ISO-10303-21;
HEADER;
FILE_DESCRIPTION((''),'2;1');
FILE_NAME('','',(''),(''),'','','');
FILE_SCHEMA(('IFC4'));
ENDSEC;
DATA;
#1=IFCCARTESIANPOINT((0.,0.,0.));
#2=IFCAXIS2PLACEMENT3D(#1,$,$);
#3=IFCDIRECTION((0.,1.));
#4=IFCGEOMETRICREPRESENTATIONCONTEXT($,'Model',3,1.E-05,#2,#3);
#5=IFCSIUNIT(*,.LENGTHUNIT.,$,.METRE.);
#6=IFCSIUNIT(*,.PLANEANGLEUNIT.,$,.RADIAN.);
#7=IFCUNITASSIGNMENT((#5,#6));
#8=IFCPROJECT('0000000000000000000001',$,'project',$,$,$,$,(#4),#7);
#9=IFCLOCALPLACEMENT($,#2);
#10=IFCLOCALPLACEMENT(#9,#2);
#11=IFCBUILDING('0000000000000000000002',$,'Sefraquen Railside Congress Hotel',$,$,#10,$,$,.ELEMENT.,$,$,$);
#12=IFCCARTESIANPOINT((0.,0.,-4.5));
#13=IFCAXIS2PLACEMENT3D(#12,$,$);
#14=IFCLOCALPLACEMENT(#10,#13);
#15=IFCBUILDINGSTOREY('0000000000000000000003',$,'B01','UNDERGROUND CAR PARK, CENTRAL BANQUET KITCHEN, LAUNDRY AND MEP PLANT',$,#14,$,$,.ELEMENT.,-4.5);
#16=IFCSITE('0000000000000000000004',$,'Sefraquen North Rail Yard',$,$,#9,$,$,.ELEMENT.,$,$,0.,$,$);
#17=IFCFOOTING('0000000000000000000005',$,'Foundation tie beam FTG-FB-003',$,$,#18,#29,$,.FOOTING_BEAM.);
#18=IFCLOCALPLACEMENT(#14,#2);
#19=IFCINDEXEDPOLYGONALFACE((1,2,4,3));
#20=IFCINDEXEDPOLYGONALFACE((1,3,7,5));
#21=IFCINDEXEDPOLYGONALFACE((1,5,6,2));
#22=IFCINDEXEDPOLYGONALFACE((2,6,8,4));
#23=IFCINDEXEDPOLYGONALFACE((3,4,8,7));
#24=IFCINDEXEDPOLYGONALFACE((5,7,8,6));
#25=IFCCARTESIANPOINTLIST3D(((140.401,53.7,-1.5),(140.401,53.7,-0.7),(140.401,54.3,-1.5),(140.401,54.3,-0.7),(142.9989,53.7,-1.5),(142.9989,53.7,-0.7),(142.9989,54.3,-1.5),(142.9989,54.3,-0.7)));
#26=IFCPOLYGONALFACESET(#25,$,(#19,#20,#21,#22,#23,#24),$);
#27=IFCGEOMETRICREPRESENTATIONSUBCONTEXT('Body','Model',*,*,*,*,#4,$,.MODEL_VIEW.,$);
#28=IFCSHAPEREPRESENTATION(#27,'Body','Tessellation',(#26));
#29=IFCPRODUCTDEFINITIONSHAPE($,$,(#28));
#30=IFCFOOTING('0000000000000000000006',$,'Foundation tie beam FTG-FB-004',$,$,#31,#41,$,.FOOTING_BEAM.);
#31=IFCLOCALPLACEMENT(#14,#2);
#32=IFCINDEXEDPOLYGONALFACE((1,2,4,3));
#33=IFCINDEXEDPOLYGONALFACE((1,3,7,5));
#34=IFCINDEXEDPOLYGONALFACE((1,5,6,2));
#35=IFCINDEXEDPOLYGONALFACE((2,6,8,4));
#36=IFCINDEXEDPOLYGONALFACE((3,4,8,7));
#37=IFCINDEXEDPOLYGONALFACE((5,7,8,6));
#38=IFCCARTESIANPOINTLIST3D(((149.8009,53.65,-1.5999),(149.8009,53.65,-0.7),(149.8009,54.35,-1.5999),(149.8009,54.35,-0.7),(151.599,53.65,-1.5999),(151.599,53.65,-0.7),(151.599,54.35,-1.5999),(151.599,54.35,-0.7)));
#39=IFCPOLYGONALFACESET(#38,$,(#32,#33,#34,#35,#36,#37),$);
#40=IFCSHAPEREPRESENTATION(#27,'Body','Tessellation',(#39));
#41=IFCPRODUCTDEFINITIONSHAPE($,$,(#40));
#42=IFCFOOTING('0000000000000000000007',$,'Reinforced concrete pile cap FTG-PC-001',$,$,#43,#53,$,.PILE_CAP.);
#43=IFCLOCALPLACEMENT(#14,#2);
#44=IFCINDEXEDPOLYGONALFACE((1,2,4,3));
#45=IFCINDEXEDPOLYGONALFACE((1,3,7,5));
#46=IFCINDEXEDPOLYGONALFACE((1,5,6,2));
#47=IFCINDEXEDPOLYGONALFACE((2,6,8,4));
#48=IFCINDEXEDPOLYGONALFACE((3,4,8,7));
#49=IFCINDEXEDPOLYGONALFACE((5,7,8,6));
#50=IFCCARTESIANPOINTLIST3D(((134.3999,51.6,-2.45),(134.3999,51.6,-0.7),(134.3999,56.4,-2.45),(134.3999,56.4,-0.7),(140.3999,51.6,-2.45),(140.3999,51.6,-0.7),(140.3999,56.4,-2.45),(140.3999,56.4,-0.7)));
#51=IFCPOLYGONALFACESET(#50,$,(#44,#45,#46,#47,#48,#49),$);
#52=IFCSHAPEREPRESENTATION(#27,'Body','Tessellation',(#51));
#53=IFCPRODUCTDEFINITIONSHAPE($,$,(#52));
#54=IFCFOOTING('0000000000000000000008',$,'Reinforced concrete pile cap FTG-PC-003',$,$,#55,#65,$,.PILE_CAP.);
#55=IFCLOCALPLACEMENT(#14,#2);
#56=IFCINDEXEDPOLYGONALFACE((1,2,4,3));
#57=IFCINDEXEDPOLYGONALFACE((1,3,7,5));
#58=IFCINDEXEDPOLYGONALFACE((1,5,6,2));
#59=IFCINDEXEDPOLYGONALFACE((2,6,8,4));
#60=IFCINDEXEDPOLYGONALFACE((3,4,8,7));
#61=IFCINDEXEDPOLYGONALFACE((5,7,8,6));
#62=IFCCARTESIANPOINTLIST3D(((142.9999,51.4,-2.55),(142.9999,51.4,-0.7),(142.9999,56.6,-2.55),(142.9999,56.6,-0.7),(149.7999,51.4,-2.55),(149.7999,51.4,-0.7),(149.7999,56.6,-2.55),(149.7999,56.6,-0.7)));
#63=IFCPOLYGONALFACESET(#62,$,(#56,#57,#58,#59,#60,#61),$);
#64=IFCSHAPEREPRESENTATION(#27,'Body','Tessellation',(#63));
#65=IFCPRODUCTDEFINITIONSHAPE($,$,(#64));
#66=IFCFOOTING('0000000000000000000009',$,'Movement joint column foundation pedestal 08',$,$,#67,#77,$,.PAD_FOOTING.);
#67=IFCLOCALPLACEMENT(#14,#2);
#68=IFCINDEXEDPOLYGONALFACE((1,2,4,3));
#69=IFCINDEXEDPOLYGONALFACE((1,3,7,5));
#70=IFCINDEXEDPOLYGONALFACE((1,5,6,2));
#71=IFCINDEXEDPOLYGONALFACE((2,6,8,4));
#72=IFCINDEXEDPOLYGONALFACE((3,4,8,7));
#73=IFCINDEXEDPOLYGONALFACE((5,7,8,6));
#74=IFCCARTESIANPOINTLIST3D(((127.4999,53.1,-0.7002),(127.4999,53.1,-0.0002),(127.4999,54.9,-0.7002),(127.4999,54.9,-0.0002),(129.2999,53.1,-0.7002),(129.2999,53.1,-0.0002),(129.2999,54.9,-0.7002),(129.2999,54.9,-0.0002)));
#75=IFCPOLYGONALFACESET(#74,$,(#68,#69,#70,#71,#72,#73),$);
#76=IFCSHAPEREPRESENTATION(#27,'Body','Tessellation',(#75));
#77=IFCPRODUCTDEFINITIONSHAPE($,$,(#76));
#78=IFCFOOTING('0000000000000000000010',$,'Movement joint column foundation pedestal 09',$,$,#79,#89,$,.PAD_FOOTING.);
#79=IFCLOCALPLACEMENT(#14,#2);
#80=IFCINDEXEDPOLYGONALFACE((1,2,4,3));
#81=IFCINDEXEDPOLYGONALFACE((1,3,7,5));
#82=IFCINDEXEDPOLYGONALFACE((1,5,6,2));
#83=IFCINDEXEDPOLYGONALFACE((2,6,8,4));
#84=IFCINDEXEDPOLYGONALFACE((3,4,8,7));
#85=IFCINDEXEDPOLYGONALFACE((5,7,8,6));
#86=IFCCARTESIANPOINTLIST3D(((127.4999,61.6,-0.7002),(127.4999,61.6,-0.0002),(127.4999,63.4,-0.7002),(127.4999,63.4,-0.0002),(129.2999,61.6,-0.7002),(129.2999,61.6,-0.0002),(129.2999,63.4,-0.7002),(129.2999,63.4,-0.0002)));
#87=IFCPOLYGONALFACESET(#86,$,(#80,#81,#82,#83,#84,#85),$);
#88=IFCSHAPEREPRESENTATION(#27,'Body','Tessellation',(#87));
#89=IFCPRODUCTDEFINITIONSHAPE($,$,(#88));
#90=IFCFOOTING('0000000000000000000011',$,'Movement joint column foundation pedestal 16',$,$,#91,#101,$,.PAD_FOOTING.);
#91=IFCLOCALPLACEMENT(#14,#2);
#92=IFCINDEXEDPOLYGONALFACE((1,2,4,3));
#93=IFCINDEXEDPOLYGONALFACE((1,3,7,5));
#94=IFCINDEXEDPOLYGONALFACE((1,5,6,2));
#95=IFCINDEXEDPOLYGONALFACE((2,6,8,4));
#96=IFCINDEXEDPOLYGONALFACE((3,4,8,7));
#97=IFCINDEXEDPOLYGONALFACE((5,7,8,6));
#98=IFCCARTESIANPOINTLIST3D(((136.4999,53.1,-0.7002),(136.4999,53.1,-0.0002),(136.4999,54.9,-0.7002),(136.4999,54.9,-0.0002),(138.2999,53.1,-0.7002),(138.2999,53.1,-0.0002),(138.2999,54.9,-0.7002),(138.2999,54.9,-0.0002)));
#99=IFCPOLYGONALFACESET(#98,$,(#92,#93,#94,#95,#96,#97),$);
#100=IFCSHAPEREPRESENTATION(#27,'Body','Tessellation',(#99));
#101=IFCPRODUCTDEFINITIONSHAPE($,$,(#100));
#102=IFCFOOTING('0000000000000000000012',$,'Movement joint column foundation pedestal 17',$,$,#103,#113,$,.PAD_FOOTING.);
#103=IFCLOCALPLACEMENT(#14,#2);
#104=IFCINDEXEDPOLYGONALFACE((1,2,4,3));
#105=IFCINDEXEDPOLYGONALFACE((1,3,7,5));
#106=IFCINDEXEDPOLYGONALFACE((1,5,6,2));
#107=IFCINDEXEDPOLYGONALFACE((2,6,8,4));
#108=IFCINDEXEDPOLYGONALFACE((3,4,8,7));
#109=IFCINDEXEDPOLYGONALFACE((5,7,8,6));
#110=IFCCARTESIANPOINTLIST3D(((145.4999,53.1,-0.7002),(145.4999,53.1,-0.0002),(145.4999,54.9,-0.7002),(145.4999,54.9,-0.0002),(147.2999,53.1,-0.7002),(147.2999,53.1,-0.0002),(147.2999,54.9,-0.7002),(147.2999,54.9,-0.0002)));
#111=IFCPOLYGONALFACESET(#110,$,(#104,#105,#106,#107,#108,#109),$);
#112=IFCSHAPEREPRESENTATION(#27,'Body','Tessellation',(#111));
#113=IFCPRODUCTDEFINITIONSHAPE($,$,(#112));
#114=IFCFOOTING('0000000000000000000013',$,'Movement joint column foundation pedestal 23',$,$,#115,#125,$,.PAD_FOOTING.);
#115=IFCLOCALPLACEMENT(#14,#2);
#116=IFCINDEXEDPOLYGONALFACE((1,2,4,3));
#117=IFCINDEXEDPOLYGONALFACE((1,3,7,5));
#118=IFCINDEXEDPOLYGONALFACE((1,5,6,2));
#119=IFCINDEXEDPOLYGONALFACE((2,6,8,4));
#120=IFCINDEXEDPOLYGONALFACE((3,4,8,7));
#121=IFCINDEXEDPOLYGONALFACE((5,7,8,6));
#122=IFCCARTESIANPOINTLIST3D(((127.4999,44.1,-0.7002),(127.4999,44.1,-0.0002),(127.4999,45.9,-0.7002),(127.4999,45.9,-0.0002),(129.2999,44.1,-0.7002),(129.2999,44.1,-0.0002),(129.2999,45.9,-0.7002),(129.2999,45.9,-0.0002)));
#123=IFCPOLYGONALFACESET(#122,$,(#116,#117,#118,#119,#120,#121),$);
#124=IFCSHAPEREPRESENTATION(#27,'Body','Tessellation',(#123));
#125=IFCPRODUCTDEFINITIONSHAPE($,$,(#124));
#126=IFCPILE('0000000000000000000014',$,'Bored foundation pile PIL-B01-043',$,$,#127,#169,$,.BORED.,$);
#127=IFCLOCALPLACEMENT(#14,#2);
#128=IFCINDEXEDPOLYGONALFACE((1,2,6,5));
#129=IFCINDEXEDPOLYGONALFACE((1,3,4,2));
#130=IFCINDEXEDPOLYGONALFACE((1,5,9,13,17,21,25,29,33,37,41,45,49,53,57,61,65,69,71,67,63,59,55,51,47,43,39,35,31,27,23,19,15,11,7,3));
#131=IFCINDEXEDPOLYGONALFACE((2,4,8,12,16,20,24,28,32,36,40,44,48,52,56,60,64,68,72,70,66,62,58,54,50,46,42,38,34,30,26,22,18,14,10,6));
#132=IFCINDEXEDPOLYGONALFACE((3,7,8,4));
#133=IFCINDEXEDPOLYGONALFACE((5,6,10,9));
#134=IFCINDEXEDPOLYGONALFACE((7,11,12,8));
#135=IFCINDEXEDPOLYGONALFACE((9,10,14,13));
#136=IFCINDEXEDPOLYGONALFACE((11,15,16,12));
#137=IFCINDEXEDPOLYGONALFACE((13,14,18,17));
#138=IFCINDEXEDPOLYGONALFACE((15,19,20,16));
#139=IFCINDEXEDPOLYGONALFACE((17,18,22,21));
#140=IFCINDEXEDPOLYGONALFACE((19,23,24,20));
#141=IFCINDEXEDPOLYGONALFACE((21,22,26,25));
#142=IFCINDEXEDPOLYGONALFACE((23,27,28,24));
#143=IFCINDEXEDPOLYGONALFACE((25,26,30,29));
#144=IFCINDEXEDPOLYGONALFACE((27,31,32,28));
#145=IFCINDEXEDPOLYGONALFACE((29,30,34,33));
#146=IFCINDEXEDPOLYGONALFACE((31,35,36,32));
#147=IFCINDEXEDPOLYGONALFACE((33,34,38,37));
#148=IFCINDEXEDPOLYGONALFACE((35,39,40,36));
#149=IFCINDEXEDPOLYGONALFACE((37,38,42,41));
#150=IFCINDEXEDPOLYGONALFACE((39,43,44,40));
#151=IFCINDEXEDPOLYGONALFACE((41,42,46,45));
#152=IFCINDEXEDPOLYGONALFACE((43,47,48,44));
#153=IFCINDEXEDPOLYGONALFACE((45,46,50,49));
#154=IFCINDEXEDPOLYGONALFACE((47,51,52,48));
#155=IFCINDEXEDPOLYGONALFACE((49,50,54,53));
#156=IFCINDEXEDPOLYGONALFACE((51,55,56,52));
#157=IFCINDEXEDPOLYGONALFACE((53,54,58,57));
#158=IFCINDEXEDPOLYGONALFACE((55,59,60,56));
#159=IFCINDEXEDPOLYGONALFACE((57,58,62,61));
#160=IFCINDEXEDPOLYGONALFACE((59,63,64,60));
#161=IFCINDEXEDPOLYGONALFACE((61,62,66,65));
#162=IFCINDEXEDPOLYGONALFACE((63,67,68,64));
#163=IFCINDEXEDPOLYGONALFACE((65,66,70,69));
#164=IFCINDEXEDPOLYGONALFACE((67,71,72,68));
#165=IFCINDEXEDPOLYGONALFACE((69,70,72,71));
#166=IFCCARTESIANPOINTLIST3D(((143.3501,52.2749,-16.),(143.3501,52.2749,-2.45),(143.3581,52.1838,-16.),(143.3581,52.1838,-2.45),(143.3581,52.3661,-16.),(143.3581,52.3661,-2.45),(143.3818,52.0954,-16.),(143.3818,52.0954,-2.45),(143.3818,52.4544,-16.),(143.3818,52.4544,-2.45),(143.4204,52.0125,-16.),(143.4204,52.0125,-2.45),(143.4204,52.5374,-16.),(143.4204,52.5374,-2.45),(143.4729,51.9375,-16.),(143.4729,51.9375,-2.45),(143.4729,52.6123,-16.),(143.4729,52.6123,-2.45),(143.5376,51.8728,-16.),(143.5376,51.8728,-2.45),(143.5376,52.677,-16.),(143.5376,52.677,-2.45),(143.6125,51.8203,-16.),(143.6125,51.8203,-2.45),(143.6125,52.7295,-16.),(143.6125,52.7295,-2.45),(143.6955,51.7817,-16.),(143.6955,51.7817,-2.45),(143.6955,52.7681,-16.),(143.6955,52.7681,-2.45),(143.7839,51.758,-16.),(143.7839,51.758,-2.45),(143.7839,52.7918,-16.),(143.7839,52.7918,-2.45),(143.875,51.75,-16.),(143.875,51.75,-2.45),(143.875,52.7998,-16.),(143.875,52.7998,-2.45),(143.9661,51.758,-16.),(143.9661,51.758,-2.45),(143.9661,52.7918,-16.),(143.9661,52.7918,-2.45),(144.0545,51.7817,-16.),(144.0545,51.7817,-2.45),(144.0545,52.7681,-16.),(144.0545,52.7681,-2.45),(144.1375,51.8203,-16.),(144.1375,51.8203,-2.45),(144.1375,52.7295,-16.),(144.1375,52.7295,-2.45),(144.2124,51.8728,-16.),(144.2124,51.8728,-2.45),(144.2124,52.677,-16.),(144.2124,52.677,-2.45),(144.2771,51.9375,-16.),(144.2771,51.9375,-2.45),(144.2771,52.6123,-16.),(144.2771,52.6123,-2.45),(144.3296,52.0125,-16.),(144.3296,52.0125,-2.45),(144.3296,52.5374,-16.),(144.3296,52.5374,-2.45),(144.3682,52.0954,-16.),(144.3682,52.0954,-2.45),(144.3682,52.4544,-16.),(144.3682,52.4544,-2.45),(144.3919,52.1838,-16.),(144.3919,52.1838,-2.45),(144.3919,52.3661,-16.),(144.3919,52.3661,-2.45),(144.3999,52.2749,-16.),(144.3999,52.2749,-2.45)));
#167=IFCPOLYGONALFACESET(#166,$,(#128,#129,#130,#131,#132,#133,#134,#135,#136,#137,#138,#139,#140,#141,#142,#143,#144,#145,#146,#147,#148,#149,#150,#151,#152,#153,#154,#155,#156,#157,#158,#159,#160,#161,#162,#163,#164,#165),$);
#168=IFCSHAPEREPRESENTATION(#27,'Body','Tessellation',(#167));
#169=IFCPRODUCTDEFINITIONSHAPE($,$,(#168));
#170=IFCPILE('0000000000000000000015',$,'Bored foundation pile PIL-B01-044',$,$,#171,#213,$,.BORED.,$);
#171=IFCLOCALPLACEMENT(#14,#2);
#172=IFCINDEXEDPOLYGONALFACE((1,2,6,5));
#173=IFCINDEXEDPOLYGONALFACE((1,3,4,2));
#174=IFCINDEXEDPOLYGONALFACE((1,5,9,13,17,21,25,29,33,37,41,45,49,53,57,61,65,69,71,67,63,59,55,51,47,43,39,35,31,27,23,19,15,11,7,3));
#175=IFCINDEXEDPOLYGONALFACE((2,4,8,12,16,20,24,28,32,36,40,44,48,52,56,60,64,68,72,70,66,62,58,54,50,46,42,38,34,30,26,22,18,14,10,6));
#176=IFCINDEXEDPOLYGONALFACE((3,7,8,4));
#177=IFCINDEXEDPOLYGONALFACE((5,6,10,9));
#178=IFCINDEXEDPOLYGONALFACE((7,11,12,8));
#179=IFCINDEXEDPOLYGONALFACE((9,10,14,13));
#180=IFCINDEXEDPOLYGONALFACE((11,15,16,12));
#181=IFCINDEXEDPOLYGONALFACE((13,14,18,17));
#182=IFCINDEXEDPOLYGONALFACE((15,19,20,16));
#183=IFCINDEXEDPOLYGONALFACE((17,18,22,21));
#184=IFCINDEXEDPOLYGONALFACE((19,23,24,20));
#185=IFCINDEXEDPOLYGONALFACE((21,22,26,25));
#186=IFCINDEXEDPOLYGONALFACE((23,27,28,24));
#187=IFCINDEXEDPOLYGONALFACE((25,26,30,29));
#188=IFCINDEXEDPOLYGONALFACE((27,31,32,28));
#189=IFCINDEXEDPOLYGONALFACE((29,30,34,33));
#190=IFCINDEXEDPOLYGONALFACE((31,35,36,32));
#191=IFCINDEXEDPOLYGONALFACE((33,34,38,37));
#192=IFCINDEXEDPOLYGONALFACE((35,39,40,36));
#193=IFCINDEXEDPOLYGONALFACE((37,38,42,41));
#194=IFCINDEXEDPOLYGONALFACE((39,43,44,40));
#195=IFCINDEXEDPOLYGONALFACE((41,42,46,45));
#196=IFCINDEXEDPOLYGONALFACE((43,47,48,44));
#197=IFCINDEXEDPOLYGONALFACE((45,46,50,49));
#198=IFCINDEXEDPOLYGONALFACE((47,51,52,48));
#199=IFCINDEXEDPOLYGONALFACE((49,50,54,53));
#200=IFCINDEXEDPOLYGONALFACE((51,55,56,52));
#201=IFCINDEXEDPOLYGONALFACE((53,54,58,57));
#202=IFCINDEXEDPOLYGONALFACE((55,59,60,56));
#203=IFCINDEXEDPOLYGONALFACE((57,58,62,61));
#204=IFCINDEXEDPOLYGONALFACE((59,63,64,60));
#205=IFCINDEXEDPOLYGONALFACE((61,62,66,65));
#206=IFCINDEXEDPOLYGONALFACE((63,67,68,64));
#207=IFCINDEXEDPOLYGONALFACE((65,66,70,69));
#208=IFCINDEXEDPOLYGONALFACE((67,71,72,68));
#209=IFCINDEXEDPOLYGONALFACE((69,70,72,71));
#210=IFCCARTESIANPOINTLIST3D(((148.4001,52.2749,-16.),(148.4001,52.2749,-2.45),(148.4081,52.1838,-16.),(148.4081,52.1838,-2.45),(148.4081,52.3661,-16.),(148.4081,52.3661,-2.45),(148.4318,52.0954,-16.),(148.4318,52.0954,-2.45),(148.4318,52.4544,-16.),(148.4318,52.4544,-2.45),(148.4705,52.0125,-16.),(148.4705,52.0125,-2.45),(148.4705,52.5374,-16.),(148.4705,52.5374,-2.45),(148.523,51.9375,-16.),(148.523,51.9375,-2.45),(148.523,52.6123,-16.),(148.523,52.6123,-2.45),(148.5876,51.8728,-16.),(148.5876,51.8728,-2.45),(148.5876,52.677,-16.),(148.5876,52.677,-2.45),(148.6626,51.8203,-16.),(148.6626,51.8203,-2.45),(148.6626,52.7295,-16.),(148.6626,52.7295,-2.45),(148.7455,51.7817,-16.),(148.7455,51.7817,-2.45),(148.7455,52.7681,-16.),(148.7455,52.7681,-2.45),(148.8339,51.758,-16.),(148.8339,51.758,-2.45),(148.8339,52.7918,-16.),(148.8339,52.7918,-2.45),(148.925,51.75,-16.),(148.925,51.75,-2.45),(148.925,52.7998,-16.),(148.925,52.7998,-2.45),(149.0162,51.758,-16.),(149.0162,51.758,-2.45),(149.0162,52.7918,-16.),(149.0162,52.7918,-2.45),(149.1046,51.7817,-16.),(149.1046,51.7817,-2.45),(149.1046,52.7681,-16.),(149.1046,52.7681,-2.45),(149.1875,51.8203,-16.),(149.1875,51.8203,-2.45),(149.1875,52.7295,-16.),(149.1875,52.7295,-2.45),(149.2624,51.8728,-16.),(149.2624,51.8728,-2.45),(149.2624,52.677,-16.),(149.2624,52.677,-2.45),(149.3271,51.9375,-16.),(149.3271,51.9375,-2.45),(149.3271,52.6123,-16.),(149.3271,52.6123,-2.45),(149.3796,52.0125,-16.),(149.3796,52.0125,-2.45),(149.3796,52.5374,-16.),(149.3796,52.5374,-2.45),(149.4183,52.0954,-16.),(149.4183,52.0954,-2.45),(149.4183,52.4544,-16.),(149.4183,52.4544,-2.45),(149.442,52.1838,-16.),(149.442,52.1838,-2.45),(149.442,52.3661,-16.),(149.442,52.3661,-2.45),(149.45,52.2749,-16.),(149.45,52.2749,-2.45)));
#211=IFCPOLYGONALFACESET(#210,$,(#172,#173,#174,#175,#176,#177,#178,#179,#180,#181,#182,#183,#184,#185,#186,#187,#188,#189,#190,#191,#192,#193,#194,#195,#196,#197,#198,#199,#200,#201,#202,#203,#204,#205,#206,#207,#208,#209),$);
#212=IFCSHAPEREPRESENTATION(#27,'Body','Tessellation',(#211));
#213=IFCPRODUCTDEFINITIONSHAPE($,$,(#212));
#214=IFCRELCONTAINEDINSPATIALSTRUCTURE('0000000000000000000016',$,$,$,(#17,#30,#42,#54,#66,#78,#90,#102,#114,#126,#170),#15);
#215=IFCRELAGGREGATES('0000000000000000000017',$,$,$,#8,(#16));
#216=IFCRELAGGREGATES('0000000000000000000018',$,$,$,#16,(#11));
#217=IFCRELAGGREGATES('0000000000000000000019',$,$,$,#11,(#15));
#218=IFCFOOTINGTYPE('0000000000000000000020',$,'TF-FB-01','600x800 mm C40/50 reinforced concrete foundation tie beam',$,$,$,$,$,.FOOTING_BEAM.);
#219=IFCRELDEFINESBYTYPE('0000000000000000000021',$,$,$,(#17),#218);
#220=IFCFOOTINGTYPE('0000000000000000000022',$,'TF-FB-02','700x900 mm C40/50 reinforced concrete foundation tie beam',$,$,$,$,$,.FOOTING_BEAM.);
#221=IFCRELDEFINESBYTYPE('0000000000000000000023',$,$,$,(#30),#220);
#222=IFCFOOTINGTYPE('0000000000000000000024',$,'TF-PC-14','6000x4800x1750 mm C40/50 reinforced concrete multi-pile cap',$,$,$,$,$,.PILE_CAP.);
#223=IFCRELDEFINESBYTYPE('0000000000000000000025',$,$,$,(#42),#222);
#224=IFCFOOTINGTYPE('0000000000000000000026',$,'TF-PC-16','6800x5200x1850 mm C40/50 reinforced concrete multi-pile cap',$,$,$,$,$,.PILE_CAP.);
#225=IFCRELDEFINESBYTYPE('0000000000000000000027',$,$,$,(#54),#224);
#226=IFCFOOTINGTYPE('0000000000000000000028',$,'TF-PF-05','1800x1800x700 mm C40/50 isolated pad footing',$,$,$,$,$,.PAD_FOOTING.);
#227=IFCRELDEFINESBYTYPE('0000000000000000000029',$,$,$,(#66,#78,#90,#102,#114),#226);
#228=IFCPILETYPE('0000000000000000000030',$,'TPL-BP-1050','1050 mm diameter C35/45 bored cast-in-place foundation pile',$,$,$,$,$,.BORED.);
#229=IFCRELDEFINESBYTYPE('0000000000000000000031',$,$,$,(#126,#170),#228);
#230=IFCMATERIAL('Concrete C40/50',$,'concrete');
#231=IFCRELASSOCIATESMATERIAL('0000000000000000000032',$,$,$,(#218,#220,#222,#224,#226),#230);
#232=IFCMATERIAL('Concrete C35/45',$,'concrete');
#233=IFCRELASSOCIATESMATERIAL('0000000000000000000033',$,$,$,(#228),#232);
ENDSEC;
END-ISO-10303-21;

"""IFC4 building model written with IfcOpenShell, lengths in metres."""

from ifc_helpers import new_model, si_unit, direction, frame, origin, origin_2d, place, context, subcontext, project, spatial, rectangle, circle, extrude, material, material_profile, profile_set, type_object, element, save


model = new_model("IFC4")

# Units and contexts
model_context = context("Model", 3, precision=1e-05, world=origin(), true_north=direction((0.0, 1.0)))
body_context = subcontext(model_context, "Body", "Model", "MODEL_VIEW")
ifc_project = project(units=[si_unit("LENGTHUNIT", "METRE"), si_unit("PLANEANGLEUNIT", "RADIAN")], contexts=[model_context])

# Site, building, storey
site_placement = place(None, origin())
site = spatial("IfcSite", under=ifc_project, at=site_placement, Name="Sefraquen North Rail Yard", CompositionType="ELEMENT", RefElevation=0.0)
building_placement = place(site_placement, origin())
building = spatial("IfcBuilding", under=site, at=building_placement, Name="Sefraquen Railside Congress Hotel", CompositionType="ELEMENT")
storey_placement = place(building_placement, frame((0.0, 0.0, -4.5)))
storey = spatial("IfcBuildingStorey", under=building, at=storey_placement, Name="B01", Description="UNDERGROUND CAR PARK, CENTRAL BANQUET KITCHEN, LAUNDRY AND MEP PLANT", CompositionType="ELEMENT", Elevation=-4.5)

# Footings
ifc_material_1 = material(Name="Concrete C40/50", Category="concrete")
footing_type_1 = type_object("IfcFootingType", Name="TF-FB-01", Description="600x800 mm C40/50 reinforced concrete foundation tie beam", PredefinedType="FOOTING_BEAM", material=ifc_material_1)
footing_1_placement = place(storey_placement, frame((141.7, 54.0, -1.5), z_axis=(0.0, 0.0, 1.0), x_axis=(1.0, 0.0, 0.0)))
element("IfcFooting", 1, at=footing_1_placement, inside=storey, type_object=footing_type_1, Name="Foundation tie beam FTG-FB-003", PredefinedType="FOOTING_BEAM", context=body_context, shape_type="SweptSolid", body=[
    extrude(rectangle(XDim=2.5979, YDim=0.6001, at=origin_2d()), origin(), (0.0, 0.0, 1.0), 0.8),
])
footing_type_2 = type_object("IfcFootingType", Name="TF-FB-02", Description="700x900 mm C40/50 reinforced concrete foundation tie beam", PredefinedType="FOOTING_BEAM", material=ifc_material_1)
footing_2_placement = place(storey_placement, frame((150.7, 54.0, -1.5999), z_axis=(0.0, 0.0, 1.0), x_axis=(1.0, 0.0, 0.0)))
element("IfcFooting", 2, at=footing_2_placement, inside=storey, type_object=footing_type_2, Name="Foundation tie beam FTG-FB-004", PredefinedType="FOOTING_BEAM", context=body_context, shape_type="SweptSolid", body=[
    extrude(rectangle(XDim=1.7981, YDim=0.7, at=origin_2d()), origin(), (0.0, 0.0, 1.0), 0.8999),
])
footing_type_3 = type_object("IfcFootingType", Name="TF-PC-14", Description="6000x4800x1750 mm C40/50 reinforced concrete multi-pile cap", PredefinedType="PILE_CAP", material=ifc_material_1)
footing_3_placement = place(storey_placement, frame((137.3999, 54.0, -2.45), z_axis=(0.0, 0.0, 1.0), x_axis=(1.0, 0.0, 0.0)))
element("IfcFooting", 3, at=footing_3_placement, inside=storey, type_object=footing_type_3, Name="Reinforced concrete pile cap FTG-PC-001", PredefinedType="PILE_CAP", context=body_context, shape_type="SweptSolid", body=[
    extrude(rectangle(XDim=6.0, YDim=4.8, at=origin_2d()), origin(), (0.0, 0.0, 1.0), 1.75),
])
footing_type_4 = type_object("IfcFootingType", Name="TF-PC-16", Description="6800x5200x1850 mm C40/50 reinforced concrete multi-pile cap", PredefinedType="PILE_CAP", material=ifc_material_1)
footing_4_placement = place(storey_placement, frame((146.3999, 54.0, -2.55), z_axis=(0.0, 0.0, 1.0), x_axis=(1.0, 0.0, 0.0)))
element("IfcFooting", 4, at=footing_4_placement, inside=storey, type_object=footing_type_4, Name="Reinforced concrete pile cap FTG-PC-003", PredefinedType="PILE_CAP", context=body_context, shape_type="SweptSolid", body=[
    extrude(rectangle(XDim=6.8, YDim=5.2, at=origin_2d()), origin(), (0.0, 0.0, 1.0), 1.8501),
])
footing_type_5 = type_object("IfcFootingType", Name="TF-PF-05", Description="1800x1800x700 mm C40/50 isolated pad footing", PredefinedType="PAD_FOOTING", material=ifc_material_1)
for number, where, z_axis, x_axis, name in (
    (5, (128.3999, 54.0, -0.7002), (0.0, 0.0, 1.0), (1.0, 0.0, 0.0), "Movement joint column foundation pedestal 08"),
    (6, (128.3999, 62.5, -0.7002), (0.0, 0.0, 1.0), (1.0, 0.0, 0.0), "Movement joint column foundation pedestal 09"),
    (7, (137.3999, 54.0, -0.7002), (0.0, 0.0, 1.0), (1.0, 0.0, 0.0), "Movement joint column foundation pedestal 16"),
    (8, (146.3999, 54.0, -0.7002), (0.0, 0.0, 1.0), (1.0, 0.0, 0.0), "Movement joint column foundation pedestal 17"),
    (9, (128.3999, 45.0, -0.7002), (0.0, 0.0, 1.0), (1.0, 0.0, 0.0), "Movement joint column foundation pedestal 23"),
):
    element("IfcFooting", number, at=place(storey_placement, frame(where, z_axis=z_axis, x_axis=x_axis)), inside=storey, type_object=footing_type_5, Name=name, PredefinedType="PAD_FOOTING", context=body_context, shape_type="SweptSolid", body=[
        extrude(rectangle(XDim=1.8, YDim=1.8, at=origin_2d()), origin(), (0.0, 0.0, 1.0), 0.7),
    ])

# Piles
ifc_material_2 = material(Name="Concrete C35/45", Category="concrete")
ifc_material_profile_1 = material_profile(ifc_material_2, circle(Radius=0.5249, at=origin_2d()), Name="BORED PILE 1050")
ifc_profile_set_1 = profile_set([ifc_material_profile_1], Name="Concrete C35/45")
pile_type_1 = type_object("IfcPileType", Name="TPL-BP-1050", Description="1050 mm diameter C35/45 bored cast-in-place foundation pile", PredefinedType="BORED", material=ifc_profile_set_1)
for number, where, z_axis, x_axis, name in (
    (10, (143.875, 52.2749, -2.45), (0.0, 0.0, -1.0), (1.0, 0.0, 0.0), "Bored foundation pile PIL-B01-043"),
    (11, (148.925, 52.2749, -2.45), (0.0, 0.0, -1.0), (1.0, 0.0, 0.0), "Bored foundation pile PIL-B01-044"),
):
    element("IfcPile", number, at=place(storey_placement, frame(where, z_axis=z_axis, x_axis=x_axis)), inside=storey, type_object=pile_type_1, Name=name, PredefinedType="BORED", context=body_context, shape_type="SweptSolid", body=[
        extrude(circle(Radius=0.5249, at=origin_2d()), origin(), (0.0, 0.0, 1.0), 13.55),
    ])

save(model, "model.ifc")
